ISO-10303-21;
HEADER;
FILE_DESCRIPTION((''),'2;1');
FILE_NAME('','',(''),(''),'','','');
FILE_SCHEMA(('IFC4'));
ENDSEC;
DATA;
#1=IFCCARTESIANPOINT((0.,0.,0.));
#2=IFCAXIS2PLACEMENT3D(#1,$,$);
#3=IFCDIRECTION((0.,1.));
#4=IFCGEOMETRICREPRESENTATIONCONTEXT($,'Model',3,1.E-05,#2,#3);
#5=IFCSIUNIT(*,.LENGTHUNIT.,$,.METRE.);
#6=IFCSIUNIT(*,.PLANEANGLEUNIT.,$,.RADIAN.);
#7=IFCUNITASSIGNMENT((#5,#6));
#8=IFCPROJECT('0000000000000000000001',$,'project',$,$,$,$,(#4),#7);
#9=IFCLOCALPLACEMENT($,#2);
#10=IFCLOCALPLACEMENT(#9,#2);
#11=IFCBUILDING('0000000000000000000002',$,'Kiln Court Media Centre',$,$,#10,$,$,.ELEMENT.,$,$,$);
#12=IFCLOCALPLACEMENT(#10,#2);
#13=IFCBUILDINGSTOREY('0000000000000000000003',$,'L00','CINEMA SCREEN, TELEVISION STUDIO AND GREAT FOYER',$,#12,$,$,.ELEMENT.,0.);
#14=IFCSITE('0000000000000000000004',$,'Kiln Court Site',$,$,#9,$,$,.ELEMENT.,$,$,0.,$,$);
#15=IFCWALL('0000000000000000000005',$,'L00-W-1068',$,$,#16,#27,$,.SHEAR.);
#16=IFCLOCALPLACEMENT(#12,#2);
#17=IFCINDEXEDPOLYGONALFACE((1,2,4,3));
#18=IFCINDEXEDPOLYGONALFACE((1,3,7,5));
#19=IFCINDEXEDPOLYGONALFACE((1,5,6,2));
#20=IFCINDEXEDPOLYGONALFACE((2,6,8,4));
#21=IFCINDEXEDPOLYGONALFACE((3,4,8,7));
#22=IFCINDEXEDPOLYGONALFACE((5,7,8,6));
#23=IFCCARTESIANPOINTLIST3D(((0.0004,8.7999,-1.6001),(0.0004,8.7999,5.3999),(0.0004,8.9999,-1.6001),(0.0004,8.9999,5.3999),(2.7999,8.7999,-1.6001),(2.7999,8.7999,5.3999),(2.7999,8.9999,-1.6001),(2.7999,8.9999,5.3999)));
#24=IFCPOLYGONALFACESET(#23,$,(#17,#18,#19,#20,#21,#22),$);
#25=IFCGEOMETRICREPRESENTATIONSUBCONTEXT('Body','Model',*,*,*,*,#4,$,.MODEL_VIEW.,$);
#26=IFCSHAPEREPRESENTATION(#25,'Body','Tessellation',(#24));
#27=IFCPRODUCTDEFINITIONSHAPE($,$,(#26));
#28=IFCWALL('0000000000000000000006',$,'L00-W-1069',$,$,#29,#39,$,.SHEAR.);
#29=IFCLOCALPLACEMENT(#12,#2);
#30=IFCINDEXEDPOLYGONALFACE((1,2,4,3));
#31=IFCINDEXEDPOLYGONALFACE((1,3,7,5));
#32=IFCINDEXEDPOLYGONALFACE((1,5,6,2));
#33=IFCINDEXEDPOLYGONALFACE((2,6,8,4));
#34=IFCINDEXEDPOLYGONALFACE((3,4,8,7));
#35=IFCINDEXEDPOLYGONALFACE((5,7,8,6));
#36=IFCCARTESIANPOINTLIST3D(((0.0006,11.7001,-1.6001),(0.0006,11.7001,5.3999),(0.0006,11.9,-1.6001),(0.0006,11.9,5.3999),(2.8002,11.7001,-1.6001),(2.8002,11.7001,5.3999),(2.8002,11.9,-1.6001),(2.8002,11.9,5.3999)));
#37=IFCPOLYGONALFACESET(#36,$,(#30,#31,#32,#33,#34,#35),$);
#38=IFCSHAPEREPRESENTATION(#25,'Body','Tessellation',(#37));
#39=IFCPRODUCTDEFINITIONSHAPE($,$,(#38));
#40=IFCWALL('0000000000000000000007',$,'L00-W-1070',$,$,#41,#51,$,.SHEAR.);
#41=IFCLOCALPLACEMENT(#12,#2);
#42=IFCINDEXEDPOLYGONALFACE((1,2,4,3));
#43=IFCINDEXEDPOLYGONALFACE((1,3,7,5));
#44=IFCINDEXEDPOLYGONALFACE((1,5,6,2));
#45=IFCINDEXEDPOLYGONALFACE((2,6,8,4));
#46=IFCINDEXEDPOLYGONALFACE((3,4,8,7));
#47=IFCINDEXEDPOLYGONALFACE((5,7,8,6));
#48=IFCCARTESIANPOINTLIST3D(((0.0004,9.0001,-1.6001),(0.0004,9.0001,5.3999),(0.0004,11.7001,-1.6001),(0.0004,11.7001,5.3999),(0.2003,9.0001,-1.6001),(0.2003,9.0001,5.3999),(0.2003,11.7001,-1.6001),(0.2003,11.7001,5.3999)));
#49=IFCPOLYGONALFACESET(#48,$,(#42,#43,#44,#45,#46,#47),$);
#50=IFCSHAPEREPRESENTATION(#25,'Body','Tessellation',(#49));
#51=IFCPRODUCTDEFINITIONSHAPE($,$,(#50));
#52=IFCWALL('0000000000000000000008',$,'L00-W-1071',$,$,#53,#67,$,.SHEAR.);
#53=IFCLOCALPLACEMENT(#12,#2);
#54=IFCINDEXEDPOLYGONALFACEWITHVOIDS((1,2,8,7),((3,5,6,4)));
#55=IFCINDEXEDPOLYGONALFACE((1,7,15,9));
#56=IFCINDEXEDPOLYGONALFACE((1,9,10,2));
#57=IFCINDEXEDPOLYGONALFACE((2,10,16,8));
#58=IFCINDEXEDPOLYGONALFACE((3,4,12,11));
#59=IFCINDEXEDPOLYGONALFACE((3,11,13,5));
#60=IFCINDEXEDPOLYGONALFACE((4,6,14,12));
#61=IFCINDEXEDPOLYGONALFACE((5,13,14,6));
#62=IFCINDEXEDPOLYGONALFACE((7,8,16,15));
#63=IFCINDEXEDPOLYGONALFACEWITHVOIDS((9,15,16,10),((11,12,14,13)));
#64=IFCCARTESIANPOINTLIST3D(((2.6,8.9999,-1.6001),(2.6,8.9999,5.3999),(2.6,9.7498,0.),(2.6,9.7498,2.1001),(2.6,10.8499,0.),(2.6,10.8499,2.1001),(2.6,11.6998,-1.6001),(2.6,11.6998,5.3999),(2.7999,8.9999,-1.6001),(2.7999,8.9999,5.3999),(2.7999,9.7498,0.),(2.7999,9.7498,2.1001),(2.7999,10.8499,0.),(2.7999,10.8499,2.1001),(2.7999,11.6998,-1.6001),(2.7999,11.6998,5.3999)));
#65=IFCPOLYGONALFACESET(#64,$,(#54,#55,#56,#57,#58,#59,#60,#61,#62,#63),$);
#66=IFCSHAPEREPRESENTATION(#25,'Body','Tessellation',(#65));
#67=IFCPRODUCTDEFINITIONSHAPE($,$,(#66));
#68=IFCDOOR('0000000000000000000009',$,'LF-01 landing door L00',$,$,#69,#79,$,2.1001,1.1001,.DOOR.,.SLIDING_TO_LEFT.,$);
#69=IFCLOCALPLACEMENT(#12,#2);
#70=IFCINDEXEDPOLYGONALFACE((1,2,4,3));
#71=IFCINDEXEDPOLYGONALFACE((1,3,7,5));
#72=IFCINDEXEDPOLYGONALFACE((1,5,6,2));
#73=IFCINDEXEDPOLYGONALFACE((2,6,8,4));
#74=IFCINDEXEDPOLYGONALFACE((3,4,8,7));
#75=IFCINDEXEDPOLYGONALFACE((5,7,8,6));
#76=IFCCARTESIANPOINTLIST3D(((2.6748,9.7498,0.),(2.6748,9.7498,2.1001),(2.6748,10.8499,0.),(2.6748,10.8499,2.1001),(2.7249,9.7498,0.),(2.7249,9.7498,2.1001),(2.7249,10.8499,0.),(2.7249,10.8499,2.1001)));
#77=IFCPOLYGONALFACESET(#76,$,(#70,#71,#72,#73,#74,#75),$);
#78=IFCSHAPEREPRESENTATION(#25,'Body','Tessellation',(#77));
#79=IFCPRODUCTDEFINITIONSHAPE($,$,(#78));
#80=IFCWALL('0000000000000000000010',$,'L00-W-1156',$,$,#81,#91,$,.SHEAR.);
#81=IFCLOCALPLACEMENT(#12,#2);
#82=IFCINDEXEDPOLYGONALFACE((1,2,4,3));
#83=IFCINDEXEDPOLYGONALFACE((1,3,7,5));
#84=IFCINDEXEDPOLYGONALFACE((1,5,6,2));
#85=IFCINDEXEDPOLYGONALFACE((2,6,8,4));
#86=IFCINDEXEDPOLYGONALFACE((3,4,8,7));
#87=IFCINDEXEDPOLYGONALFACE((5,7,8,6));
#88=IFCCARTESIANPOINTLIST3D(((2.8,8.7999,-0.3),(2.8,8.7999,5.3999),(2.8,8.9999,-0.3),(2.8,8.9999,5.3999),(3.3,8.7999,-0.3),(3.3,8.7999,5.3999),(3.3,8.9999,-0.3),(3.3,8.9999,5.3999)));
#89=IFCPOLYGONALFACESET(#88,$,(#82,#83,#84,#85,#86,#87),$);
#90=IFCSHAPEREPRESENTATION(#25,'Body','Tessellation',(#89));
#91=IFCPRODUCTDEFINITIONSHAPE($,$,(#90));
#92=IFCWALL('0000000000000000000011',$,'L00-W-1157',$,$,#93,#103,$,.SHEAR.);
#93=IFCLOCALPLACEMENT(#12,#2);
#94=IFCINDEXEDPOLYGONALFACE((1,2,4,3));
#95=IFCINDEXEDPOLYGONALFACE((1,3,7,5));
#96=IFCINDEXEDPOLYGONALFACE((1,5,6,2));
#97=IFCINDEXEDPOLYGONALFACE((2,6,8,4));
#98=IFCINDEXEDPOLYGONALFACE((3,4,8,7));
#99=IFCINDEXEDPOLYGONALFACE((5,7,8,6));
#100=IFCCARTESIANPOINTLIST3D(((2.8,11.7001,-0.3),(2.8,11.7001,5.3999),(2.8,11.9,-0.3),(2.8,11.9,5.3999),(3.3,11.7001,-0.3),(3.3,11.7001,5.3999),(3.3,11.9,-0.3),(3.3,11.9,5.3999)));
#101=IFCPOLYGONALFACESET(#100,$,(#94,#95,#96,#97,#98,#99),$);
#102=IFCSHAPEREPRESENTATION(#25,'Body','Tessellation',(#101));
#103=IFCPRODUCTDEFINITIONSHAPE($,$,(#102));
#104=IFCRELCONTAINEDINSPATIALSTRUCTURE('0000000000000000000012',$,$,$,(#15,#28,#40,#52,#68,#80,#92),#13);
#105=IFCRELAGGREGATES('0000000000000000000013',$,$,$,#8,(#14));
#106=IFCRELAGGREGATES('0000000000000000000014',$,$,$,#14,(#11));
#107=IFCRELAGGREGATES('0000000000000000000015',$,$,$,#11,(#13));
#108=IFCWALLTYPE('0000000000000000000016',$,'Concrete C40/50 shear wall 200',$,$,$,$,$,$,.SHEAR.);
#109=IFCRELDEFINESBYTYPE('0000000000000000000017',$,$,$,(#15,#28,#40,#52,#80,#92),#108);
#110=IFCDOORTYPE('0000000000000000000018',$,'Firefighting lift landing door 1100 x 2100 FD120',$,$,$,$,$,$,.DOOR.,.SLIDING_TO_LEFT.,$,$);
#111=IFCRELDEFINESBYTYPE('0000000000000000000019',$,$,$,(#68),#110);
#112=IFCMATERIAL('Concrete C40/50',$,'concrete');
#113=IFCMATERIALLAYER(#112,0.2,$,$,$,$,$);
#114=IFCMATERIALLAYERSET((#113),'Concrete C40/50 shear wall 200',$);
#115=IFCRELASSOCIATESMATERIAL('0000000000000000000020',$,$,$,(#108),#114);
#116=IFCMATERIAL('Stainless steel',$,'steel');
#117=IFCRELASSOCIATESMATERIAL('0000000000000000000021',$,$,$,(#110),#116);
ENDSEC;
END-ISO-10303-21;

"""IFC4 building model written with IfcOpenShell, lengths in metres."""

from ifc_helpers import new_model, si_unit, direction, frame, frame_2d, origin, place, context, subcontext, project, spatial, rectangle, extrude, material, layer, layer_set, type_object, element, fill, save


model = new_model("IFC4")

# Units and contexts
model_context = context("Model", 3, precision=1e-05, world=origin(), true_north=direction((0.0, 1.0)))
body_context = subcontext(model_context, "Body", "Model", "MODEL_VIEW")
ifc_project = project(units=[si_unit("LENGTHUNIT", "METRE"), si_unit("PLANEANGLEUNIT", "RADIAN")], contexts=[model_context])

# Site, building, storey
site_placement = place(None, origin())
site = spatial("IfcSite", under=ifc_project, at=site_placement, Name="Kiln Court Site", CompositionType="ELEMENT", RefElevation=0.0)
building_placement = place(site_placement, origin())
building = spatial("IfcBuilding", under=site, at=building_placement, Name="Kiln Court Media Centre", CompositionType="ELEMENT")
storey_placement = place(building_placement, origin())
storey = spatial("IfcBuildingStorey", under=building, at=storey_placement, Name="L00", Description="CINEMA SCREEN, TELEVISION STUDIO AND GREAT FOYER", CompositionType="ELEMENT", Elevation=0.0)

# Shared definitions
ifc_material_1 = material(Name="Concrete C40/50", Category="concrete")
ifc_layer_1 = layer(ifc_material_1, 0.2)
ifc_layer_set_1 = layer_set([ifc_layer_1], Name="Concrete C40/50 shear wall 200")
wall_type_1 = type_object("IfcWallType", Name="Concrete C40/50 shear wall 200", PredefinedType="SHEAR", material=ifc_layer_set_1)

# Walls
for number, where, z_axis, x_axis, name in (
    (1, (2.8, 8.8999, -1.6001), (0.0, 0.0, 1.0), (-1.0, 0.0, 0.0), "L00-W-1068"),
    (2, (0.0005, 11.8, -1.6001), (0.0, 0.0, 1.0), (1.0, 0.0, 0.0), "L00-W-1069"),
):
    element("IfcWall", number, at=place(storey_placement, frame(where, z_axis=z_axis, x_axis=x_axis)), inside=storey, type_object=wall_type_1, Name=name, PredefinedType="SHEAR", context=body_context, shape_type="SweptSolid", body=[
        extrude(rectangle(XDim=2.7996, YDim=0.2, at=frame_2d((1.3999, 0.0))), origin(), (0.0, 0.0, 1.0), 7.0),
    ])
wall_1_placement = place(storey_placement, frame((0.1003, 9.0, -1.6001), z_axis=(0.0, 0.0, 1.0), x_axis=(0.0, 1.0, 0.0)))
element("IfcWall", 3, at=wall_1_placement, inside=storey, type_object=wall_type_1, Name="L00-W-1070", PredefinedType="SHEAR", context=body_context, shape_type="SweptSolid", body=[
    extrude(rectangle(XDim=2.7, YDim=0.2, at=frame_2d((1.3501, 0.0))), origin(), (0.0, 0.0, 1.0), 7.0),
])

# Wall, opening, door
wall_2_placement = place(storey_placement, frame((2.7, 11.7, -1.6001), z_axis=(0.0, 0.0, 1.0), x_axis=(0.0, -1.0, 0.0)))
wall_2 = element("IfcWall", 4, at=wall_2_placement, inside=storey, type_object=wall_type_1, Name="L00-W-1071", PredefinedType="SHEAR", context=body_context, shape_type="SweptSolid", body=[
    extrude(rectangle(XDim=2.7, YDim=0.2, at=frame_2d((1.3501, 0.0))), origin(), (0.0, 0.0, 1.0), 7.0),
])
opening_1_placement = place(wall_2_placement, frame((0.8501, 0.0, 1.6001)))
opening_1 = element("IfcOpeningElement", 5, at=opening_1_placement, cuts=wall_2, PredefinedType="OPENING", context=body_context, shape_type="SweptSolid", body=[
    extrude(rectangle(XDim=1.1001, YDim=2.1001, at=frame_2d((0.55, 1.05))), frame((0.0, 0.1099, 0.0), z_axis=(0.0, -1.0, 0.0), x_axis=(1.0, 0.0, 0.0)), (0.0, 0.0, 1.0), 0.22),
])
ifc_material_2 = material(Name="Stainless steel", Category="steel")
door_type_1 = type_object("IfcDoorType", Name="Firefighting lift landing door 1100 x 2100 FD120", OperationType="SLIDING_TO_LEFT", PredefinedType="DOOR", material=ifc_material_2)
door_1_placement = place(opening_1_placement, origin())
door_1 = element("IfcDoor", 6, at=door_1_placement, inside=storey, type_object=door_type_1, Name="LF-01 landing door L00", OperationType="SLIDING_TO_LEFT", OverallHeight=2.1001, OverallWidth=1.1001, PredefinedType="DOOR", context=body_context, shape_type="SweptSolid", body=[
    extrude(rectangle(XDim=1.1001, YDim=2.1001, at=frame_2d((0.55, 1.05))), frame((0.0, 0.0249, 0.0), z_axis=(0.0, -1.0, 0.0), x_axis=(1.0, 0.0, 0.0)), (0.0, 0.0, 1.0), 0.05),
])
fill(opening_1, door_1)

# Walls
for number, where, z_axis, x_axis, name in (
    (7, (3.3, 8.8999, -0.3), (0.0, 0.0, 1.0), (-1.0, 0.0, 0.0), "L00-W-1156"),
    (8, (2.8, 11.8, -0.3), (0.0, 0.0, 1.0), (1.0, 0.0, 0.0), "L00-W-1157"),
):
    element("IfcWall", number, at=place(storey_placement, frame(where, z_axis=z_axis, x_axis=x_axis)), inside=storey, type_object=wall_type_1, Name=name, PredefinedType="SHEAR", context=body_context, shape_type="SweptSolid", body=[
        extrude(rectangle(XDim=0.5, YDim=0.2, at=frame_2d((0.25, 0.0))), origin(), (0.0, 0.0, 1.0), 5.7),
    ])

save(model, "model.ifc")
